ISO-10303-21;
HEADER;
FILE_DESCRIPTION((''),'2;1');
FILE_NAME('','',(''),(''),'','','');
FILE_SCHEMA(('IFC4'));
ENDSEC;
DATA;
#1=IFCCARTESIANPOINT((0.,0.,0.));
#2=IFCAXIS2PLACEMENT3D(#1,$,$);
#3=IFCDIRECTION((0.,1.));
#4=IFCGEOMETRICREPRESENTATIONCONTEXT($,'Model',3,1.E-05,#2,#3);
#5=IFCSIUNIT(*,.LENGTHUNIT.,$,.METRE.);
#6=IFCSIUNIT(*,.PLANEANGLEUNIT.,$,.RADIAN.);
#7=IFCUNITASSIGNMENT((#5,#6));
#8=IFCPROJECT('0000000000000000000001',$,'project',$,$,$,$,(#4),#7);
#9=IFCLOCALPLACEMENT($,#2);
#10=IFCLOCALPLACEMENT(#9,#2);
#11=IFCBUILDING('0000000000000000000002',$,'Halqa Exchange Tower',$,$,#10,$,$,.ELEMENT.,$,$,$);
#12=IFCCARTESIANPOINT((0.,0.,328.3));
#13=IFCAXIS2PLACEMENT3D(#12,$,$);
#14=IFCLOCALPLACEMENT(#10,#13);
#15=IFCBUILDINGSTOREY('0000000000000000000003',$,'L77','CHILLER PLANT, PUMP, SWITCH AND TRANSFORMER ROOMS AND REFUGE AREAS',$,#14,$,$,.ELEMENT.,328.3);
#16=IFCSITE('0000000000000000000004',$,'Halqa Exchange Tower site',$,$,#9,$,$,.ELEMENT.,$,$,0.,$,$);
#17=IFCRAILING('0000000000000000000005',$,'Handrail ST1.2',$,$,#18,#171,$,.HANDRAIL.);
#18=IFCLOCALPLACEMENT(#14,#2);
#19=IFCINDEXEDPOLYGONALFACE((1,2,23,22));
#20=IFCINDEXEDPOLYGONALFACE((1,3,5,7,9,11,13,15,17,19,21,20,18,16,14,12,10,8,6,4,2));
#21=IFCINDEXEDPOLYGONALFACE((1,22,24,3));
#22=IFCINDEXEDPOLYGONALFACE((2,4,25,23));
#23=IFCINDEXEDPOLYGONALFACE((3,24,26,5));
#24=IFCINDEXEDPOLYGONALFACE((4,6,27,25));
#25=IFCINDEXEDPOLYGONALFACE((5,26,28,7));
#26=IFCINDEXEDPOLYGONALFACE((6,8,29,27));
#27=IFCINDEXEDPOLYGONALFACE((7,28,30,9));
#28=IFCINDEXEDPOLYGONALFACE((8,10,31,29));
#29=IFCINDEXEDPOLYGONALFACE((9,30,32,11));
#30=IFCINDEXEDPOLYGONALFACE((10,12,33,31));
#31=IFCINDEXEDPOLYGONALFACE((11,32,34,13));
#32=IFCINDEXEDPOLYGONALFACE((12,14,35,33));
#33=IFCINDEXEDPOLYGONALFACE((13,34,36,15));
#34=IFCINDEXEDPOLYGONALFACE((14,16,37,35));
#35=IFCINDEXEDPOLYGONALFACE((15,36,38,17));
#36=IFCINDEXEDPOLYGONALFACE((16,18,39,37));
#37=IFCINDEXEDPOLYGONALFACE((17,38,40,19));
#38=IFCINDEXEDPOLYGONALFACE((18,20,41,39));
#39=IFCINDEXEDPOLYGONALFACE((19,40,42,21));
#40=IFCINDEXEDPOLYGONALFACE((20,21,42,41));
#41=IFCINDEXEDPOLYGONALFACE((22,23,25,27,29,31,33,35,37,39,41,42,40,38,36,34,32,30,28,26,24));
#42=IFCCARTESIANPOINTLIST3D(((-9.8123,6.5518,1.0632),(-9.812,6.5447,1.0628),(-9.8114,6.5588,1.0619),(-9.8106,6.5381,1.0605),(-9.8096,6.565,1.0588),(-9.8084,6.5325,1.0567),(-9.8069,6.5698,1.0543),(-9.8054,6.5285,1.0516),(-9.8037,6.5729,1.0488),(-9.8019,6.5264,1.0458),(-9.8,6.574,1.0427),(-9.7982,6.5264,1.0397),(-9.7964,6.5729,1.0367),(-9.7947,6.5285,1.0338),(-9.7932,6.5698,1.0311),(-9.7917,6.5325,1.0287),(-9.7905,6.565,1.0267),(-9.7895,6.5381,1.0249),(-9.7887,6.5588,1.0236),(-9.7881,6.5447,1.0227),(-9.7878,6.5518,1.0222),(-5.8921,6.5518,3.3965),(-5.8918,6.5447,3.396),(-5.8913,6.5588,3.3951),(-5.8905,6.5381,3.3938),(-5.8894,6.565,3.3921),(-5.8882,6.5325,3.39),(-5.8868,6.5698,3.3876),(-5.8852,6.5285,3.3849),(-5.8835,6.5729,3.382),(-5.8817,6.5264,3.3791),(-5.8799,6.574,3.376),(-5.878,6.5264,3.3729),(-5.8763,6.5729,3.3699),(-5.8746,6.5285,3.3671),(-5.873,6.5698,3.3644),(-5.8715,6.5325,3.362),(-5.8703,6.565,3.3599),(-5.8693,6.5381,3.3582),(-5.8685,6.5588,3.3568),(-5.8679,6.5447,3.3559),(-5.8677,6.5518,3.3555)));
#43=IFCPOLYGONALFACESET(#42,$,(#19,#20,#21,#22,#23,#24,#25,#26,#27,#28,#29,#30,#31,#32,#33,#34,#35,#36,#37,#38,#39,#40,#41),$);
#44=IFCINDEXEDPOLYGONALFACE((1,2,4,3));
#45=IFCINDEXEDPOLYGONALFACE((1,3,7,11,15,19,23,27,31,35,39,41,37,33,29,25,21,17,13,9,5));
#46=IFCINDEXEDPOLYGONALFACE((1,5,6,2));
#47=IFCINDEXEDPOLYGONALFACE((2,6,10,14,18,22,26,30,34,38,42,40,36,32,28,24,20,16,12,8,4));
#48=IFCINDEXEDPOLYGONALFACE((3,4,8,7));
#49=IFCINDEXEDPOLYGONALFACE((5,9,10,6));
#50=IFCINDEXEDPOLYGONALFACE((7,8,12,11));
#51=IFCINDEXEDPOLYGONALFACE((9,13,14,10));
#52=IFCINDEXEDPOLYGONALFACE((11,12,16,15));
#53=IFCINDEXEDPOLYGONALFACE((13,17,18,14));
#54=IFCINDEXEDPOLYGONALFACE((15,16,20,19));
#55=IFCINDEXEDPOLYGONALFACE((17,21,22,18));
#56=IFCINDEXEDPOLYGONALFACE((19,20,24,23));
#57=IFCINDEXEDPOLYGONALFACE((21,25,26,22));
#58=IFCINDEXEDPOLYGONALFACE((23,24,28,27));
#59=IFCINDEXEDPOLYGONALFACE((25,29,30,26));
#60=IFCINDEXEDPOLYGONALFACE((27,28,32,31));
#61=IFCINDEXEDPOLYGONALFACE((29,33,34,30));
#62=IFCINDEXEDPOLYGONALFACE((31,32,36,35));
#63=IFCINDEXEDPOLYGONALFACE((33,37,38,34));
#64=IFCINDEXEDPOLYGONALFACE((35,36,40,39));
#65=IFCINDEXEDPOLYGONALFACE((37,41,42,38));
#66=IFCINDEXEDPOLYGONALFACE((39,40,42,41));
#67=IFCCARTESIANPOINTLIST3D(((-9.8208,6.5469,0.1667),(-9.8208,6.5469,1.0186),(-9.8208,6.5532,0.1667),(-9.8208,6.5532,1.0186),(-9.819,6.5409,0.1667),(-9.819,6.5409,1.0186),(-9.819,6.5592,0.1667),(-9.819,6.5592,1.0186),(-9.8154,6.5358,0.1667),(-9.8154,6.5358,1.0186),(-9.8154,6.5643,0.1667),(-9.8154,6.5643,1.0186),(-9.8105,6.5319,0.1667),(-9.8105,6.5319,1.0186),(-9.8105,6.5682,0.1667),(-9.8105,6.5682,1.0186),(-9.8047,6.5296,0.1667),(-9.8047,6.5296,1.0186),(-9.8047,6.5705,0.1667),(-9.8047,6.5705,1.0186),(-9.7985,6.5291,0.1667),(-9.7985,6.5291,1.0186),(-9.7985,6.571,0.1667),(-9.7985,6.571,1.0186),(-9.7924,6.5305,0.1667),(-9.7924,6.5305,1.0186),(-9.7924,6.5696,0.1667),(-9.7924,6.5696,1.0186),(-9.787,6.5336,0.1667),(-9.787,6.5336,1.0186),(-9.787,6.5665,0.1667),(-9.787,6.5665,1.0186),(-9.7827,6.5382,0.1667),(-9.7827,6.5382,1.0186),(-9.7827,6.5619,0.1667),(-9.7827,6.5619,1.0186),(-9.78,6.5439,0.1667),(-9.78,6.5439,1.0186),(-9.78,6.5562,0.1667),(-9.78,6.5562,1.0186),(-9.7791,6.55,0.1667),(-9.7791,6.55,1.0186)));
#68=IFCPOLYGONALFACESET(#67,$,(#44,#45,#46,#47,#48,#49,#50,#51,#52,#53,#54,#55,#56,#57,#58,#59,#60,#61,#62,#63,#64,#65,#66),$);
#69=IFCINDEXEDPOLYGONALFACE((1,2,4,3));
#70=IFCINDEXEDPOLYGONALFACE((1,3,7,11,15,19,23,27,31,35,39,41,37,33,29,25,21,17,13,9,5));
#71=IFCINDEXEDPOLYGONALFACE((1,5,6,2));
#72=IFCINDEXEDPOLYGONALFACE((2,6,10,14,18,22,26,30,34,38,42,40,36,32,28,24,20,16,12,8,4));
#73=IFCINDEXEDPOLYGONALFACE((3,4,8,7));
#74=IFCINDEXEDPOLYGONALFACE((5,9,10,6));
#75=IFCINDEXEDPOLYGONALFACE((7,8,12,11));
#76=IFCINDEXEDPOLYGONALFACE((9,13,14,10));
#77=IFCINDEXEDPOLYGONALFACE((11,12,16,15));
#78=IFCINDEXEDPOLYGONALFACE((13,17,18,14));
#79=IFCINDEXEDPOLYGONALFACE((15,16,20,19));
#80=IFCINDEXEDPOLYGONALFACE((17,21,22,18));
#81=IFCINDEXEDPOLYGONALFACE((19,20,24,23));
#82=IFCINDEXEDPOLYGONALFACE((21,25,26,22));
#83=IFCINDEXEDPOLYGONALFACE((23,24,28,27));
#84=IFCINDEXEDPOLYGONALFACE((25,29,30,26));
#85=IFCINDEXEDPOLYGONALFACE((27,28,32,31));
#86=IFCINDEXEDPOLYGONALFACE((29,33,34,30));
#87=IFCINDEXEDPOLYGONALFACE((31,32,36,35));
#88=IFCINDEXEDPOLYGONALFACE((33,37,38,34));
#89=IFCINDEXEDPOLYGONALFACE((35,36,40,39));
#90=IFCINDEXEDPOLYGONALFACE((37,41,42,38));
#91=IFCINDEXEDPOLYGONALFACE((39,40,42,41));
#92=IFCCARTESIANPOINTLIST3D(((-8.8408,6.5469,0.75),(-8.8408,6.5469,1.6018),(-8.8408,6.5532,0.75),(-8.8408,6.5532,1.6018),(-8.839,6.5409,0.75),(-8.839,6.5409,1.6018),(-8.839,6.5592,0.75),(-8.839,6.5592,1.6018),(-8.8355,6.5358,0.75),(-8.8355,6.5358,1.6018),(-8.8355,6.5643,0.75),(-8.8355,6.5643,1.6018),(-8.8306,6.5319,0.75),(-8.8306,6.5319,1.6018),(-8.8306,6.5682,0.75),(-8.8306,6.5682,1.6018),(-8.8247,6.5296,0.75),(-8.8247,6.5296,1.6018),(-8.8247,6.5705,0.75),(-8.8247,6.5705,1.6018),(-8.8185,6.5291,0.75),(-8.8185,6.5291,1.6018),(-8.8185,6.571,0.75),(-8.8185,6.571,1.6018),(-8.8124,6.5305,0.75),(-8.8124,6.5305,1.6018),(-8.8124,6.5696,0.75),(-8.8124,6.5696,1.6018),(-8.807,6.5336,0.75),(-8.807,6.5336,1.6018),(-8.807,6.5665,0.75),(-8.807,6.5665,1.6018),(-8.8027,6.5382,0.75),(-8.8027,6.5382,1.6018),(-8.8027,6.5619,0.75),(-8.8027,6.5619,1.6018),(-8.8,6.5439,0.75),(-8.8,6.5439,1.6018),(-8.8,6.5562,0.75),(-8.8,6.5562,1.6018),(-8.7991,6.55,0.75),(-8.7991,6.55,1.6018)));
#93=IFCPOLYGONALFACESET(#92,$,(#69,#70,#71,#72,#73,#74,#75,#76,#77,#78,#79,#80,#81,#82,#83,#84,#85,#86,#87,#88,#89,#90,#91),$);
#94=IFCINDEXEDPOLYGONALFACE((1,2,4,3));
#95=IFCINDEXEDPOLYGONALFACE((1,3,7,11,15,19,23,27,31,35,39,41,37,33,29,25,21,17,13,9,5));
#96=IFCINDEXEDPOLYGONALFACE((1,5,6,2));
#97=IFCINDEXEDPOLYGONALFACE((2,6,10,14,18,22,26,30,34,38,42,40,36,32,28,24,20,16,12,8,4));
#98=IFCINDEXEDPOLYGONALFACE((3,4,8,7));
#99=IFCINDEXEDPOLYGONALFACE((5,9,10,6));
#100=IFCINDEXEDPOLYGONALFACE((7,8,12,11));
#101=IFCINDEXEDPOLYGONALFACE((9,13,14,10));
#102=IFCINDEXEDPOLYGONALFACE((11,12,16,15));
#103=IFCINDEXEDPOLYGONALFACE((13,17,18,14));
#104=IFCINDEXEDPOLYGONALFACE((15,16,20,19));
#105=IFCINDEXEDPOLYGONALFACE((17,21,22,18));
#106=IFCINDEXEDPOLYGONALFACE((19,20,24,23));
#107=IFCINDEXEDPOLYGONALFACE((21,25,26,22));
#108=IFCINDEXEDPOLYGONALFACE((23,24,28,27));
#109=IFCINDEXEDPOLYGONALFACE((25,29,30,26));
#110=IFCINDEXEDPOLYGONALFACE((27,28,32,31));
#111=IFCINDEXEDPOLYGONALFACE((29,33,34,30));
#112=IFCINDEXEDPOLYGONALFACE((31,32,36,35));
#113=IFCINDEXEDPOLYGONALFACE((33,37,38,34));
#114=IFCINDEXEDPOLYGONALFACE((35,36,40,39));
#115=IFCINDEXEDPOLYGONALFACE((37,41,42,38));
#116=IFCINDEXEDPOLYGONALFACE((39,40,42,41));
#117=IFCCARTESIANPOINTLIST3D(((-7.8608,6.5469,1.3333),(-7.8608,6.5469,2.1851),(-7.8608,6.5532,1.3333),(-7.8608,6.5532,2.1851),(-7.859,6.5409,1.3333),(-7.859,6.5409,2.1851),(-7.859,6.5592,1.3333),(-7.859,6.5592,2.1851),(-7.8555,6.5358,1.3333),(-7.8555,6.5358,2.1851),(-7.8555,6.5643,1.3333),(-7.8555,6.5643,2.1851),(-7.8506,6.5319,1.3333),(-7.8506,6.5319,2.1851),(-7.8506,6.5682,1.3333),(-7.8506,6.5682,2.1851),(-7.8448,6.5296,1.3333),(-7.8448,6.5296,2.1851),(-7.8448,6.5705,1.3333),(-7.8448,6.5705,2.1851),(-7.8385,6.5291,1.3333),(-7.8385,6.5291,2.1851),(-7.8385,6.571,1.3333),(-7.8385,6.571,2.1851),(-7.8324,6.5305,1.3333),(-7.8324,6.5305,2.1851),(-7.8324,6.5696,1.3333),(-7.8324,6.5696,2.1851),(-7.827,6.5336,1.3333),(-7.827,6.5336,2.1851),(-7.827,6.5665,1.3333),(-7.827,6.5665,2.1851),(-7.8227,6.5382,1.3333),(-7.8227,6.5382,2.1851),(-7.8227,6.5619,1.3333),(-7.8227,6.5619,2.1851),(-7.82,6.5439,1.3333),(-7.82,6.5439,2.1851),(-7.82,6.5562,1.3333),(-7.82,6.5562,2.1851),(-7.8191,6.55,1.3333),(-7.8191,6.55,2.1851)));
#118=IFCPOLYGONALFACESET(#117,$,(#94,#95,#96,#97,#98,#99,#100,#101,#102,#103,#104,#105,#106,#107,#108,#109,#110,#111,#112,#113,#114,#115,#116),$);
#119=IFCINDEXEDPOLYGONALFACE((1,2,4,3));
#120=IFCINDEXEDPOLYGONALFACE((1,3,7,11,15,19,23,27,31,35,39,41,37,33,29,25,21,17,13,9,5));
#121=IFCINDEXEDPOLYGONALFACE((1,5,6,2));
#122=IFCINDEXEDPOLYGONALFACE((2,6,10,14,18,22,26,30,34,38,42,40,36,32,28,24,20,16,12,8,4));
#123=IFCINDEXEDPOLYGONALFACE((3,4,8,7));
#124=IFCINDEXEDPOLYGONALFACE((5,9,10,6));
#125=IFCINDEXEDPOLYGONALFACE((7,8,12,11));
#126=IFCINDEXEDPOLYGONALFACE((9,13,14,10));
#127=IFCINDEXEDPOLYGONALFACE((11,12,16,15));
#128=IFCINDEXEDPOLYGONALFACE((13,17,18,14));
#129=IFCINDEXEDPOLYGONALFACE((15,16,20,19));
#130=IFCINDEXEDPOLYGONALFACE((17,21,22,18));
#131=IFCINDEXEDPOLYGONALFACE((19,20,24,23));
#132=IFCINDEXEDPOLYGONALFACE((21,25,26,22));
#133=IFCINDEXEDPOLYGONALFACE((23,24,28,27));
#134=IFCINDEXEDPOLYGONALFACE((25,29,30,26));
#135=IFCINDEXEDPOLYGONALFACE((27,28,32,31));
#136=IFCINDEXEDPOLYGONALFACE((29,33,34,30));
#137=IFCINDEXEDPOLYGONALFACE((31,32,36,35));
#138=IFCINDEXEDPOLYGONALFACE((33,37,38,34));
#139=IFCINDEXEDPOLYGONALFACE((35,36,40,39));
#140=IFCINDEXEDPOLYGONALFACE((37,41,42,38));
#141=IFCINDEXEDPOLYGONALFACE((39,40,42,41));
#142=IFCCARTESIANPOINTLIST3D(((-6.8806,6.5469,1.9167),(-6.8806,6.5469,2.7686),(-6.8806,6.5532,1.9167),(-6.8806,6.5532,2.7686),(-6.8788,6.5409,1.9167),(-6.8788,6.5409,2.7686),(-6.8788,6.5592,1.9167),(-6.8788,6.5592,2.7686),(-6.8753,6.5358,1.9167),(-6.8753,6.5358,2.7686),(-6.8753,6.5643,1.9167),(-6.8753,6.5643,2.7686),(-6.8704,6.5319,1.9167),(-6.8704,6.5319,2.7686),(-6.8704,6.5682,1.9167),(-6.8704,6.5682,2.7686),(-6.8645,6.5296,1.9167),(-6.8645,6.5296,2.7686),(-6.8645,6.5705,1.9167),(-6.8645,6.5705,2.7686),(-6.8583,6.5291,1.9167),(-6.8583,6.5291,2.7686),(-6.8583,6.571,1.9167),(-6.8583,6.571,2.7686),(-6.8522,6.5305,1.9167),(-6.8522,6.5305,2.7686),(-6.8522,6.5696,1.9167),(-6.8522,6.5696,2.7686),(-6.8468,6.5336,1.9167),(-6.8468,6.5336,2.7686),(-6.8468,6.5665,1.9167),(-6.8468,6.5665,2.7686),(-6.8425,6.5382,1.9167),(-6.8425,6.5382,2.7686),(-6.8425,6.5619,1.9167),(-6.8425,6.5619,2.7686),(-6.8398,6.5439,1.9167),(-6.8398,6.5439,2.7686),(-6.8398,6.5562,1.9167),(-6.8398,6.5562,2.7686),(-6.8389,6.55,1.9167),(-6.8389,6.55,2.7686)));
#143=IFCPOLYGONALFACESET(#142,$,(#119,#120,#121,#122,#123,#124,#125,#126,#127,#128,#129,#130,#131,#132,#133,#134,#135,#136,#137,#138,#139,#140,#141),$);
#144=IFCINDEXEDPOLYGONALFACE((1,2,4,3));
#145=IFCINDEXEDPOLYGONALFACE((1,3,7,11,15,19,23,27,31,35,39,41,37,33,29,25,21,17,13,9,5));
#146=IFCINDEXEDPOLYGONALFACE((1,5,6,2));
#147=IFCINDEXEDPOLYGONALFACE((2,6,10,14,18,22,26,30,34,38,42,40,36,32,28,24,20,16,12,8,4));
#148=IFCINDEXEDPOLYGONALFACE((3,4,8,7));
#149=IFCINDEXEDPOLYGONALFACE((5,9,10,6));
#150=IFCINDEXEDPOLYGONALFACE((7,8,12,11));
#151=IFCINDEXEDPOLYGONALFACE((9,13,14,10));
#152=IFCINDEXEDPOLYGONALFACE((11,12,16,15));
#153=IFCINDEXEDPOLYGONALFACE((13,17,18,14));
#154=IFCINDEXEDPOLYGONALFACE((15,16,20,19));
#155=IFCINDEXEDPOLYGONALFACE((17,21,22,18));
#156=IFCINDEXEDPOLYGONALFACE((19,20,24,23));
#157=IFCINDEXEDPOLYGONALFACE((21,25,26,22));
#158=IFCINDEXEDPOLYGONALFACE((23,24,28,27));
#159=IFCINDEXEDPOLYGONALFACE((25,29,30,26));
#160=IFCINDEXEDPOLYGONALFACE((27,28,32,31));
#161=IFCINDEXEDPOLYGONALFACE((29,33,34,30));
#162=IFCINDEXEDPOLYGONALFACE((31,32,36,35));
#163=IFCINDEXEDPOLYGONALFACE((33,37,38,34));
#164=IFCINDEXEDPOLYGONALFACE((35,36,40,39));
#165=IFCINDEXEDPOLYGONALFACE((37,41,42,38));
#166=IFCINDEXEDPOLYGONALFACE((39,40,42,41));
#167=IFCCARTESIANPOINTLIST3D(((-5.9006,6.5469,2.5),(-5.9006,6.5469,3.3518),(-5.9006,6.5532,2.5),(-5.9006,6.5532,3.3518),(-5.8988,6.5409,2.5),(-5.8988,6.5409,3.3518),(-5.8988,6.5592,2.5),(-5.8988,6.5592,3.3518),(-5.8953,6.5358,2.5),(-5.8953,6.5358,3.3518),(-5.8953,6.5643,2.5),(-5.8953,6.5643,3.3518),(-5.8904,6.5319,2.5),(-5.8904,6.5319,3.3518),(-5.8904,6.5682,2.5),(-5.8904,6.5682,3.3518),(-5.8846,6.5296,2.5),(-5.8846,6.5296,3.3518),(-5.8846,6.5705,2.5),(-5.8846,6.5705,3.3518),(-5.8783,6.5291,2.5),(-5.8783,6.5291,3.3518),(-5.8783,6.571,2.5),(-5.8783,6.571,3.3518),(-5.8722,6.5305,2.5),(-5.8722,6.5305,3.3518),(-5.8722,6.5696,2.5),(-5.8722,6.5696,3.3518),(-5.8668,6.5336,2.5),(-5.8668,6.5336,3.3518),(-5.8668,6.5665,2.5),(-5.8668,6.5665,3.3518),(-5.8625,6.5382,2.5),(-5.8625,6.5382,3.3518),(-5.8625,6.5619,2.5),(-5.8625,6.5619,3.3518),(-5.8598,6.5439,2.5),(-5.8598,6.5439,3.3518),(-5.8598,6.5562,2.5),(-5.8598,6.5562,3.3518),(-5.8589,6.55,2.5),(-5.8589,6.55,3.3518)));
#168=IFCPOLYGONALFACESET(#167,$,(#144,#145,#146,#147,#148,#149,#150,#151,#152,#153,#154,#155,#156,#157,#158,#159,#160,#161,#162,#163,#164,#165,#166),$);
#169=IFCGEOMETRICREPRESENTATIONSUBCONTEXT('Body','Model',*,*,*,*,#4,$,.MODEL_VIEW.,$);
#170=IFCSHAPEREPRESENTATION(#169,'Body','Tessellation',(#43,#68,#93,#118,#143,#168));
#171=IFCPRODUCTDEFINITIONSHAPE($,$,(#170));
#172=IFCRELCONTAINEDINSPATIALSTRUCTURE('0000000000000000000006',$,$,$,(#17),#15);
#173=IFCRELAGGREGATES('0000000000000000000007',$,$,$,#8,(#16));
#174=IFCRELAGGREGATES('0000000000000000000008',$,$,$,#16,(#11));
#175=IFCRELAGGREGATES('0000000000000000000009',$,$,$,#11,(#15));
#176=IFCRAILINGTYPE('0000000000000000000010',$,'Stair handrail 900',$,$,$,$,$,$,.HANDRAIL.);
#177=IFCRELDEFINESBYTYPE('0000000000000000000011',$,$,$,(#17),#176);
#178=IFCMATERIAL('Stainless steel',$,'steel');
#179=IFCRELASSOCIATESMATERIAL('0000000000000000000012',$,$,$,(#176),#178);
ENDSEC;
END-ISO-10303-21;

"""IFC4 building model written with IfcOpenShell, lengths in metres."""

from ifc_helpers import new_model, si_unit, direction, frame, origin, origin_2d, place, context, subcontext, project, spatial, circle, extrude, material, type_object, element, save


model = new_model("IFC4")

# Units and contexts
model_context = context("Model", 3, precision=1e-05, world=origin(), true_north=direction((0.0, 1.0)))
body_context = subcontext(model_context, "Body", "Model", "MODEL_VIEW")
ifc_project = project(units=[si_unit("LENGTHUNIT", "METRE"), si_unit("PLANEANGLEUNIT", "RADIAN")], contexts=[model_context])

# Site, building, storey
site_placement = place(None, origin())
site = spatial("IfcSite", under=ifc_project, at=site_placement, Name="Halqa Exchange Tower site", CompositionType="ELEMENT", RefElevation=0.0)
building_placement = place(site_placement, origin())
building = spatial("IfcBuilding", under=site, at=building_placement, Name="Halqa Exchange Tower", CompositionType="ELEMENT")
storey_placement = place(building_placement, frame((0.0, 0.0, 328.3)))
storey = spatial("IfcBuildingStorey", under=building, at=storey_placement, Name="L77", Description="CHILLER PLANT, PUMP, SWITCH AND TRANSFORMER ROOMS AND REFUGE AREAS", CompositionType="ELEMENT", Elevation=328.3)

# Railing
ifc_material_1 = material(Name="Stainless steel", Category="steel")
railing_type_1 = type_object("IfcRailingType", Name="Stair handrail 900", PredefinedType="HANDRAIL", material=ifc_material_1)
railing_1_placement = place(storey_placement, frame((-9.8, 6.55, 0.1667)))
element("IfcRailing", 1, at=railing_1_placement, inside=storey, type_object=railing_type_1, Name="Handrail ST1.2", PredefinedType="HANDRAIL", context=body_context, shape_type="SweptSolid", body=[
    extrude(circle(Radius=0.0239, at=origin_2d()), frame((0.0, 0.0, 0.876), z_axis=(0.85931, 0.0, 0.511455), x_axis=(0.0, 1.0, 0.0)), (0.0, 0.0, 1.0), 4.562),
    extrude(circle(Radius=0.021, at=origin_2d()), origin(), (0.0, 0.0, 1.0), 0.8518),
    extrude(circle(Radius=0.021, at=origin_2d()), frame((0.98, 0.0, 0.5833)), (0.0, 0.0, 1.0), 0.8518),
    extrude(circle(Radius=0.021, at=origin_2d()), frame((1.96, 0.0, 1.1665)), (0.0, 0.0, 1.0), 0.8518),
    extrude(circle(Radius=0.021, at=origin_2d()), frame((2.9402, 0.0, 1.75)), (0.0, 0.0, 1.0), 0.8518),
    extrude(circle(Radius=0.021, at=origin_2d()), frame((3.9202, 0.0, 2.3333)), (0.0, 0.0, 1.0), 0.8518),
])

save(model, "model.ifc")
